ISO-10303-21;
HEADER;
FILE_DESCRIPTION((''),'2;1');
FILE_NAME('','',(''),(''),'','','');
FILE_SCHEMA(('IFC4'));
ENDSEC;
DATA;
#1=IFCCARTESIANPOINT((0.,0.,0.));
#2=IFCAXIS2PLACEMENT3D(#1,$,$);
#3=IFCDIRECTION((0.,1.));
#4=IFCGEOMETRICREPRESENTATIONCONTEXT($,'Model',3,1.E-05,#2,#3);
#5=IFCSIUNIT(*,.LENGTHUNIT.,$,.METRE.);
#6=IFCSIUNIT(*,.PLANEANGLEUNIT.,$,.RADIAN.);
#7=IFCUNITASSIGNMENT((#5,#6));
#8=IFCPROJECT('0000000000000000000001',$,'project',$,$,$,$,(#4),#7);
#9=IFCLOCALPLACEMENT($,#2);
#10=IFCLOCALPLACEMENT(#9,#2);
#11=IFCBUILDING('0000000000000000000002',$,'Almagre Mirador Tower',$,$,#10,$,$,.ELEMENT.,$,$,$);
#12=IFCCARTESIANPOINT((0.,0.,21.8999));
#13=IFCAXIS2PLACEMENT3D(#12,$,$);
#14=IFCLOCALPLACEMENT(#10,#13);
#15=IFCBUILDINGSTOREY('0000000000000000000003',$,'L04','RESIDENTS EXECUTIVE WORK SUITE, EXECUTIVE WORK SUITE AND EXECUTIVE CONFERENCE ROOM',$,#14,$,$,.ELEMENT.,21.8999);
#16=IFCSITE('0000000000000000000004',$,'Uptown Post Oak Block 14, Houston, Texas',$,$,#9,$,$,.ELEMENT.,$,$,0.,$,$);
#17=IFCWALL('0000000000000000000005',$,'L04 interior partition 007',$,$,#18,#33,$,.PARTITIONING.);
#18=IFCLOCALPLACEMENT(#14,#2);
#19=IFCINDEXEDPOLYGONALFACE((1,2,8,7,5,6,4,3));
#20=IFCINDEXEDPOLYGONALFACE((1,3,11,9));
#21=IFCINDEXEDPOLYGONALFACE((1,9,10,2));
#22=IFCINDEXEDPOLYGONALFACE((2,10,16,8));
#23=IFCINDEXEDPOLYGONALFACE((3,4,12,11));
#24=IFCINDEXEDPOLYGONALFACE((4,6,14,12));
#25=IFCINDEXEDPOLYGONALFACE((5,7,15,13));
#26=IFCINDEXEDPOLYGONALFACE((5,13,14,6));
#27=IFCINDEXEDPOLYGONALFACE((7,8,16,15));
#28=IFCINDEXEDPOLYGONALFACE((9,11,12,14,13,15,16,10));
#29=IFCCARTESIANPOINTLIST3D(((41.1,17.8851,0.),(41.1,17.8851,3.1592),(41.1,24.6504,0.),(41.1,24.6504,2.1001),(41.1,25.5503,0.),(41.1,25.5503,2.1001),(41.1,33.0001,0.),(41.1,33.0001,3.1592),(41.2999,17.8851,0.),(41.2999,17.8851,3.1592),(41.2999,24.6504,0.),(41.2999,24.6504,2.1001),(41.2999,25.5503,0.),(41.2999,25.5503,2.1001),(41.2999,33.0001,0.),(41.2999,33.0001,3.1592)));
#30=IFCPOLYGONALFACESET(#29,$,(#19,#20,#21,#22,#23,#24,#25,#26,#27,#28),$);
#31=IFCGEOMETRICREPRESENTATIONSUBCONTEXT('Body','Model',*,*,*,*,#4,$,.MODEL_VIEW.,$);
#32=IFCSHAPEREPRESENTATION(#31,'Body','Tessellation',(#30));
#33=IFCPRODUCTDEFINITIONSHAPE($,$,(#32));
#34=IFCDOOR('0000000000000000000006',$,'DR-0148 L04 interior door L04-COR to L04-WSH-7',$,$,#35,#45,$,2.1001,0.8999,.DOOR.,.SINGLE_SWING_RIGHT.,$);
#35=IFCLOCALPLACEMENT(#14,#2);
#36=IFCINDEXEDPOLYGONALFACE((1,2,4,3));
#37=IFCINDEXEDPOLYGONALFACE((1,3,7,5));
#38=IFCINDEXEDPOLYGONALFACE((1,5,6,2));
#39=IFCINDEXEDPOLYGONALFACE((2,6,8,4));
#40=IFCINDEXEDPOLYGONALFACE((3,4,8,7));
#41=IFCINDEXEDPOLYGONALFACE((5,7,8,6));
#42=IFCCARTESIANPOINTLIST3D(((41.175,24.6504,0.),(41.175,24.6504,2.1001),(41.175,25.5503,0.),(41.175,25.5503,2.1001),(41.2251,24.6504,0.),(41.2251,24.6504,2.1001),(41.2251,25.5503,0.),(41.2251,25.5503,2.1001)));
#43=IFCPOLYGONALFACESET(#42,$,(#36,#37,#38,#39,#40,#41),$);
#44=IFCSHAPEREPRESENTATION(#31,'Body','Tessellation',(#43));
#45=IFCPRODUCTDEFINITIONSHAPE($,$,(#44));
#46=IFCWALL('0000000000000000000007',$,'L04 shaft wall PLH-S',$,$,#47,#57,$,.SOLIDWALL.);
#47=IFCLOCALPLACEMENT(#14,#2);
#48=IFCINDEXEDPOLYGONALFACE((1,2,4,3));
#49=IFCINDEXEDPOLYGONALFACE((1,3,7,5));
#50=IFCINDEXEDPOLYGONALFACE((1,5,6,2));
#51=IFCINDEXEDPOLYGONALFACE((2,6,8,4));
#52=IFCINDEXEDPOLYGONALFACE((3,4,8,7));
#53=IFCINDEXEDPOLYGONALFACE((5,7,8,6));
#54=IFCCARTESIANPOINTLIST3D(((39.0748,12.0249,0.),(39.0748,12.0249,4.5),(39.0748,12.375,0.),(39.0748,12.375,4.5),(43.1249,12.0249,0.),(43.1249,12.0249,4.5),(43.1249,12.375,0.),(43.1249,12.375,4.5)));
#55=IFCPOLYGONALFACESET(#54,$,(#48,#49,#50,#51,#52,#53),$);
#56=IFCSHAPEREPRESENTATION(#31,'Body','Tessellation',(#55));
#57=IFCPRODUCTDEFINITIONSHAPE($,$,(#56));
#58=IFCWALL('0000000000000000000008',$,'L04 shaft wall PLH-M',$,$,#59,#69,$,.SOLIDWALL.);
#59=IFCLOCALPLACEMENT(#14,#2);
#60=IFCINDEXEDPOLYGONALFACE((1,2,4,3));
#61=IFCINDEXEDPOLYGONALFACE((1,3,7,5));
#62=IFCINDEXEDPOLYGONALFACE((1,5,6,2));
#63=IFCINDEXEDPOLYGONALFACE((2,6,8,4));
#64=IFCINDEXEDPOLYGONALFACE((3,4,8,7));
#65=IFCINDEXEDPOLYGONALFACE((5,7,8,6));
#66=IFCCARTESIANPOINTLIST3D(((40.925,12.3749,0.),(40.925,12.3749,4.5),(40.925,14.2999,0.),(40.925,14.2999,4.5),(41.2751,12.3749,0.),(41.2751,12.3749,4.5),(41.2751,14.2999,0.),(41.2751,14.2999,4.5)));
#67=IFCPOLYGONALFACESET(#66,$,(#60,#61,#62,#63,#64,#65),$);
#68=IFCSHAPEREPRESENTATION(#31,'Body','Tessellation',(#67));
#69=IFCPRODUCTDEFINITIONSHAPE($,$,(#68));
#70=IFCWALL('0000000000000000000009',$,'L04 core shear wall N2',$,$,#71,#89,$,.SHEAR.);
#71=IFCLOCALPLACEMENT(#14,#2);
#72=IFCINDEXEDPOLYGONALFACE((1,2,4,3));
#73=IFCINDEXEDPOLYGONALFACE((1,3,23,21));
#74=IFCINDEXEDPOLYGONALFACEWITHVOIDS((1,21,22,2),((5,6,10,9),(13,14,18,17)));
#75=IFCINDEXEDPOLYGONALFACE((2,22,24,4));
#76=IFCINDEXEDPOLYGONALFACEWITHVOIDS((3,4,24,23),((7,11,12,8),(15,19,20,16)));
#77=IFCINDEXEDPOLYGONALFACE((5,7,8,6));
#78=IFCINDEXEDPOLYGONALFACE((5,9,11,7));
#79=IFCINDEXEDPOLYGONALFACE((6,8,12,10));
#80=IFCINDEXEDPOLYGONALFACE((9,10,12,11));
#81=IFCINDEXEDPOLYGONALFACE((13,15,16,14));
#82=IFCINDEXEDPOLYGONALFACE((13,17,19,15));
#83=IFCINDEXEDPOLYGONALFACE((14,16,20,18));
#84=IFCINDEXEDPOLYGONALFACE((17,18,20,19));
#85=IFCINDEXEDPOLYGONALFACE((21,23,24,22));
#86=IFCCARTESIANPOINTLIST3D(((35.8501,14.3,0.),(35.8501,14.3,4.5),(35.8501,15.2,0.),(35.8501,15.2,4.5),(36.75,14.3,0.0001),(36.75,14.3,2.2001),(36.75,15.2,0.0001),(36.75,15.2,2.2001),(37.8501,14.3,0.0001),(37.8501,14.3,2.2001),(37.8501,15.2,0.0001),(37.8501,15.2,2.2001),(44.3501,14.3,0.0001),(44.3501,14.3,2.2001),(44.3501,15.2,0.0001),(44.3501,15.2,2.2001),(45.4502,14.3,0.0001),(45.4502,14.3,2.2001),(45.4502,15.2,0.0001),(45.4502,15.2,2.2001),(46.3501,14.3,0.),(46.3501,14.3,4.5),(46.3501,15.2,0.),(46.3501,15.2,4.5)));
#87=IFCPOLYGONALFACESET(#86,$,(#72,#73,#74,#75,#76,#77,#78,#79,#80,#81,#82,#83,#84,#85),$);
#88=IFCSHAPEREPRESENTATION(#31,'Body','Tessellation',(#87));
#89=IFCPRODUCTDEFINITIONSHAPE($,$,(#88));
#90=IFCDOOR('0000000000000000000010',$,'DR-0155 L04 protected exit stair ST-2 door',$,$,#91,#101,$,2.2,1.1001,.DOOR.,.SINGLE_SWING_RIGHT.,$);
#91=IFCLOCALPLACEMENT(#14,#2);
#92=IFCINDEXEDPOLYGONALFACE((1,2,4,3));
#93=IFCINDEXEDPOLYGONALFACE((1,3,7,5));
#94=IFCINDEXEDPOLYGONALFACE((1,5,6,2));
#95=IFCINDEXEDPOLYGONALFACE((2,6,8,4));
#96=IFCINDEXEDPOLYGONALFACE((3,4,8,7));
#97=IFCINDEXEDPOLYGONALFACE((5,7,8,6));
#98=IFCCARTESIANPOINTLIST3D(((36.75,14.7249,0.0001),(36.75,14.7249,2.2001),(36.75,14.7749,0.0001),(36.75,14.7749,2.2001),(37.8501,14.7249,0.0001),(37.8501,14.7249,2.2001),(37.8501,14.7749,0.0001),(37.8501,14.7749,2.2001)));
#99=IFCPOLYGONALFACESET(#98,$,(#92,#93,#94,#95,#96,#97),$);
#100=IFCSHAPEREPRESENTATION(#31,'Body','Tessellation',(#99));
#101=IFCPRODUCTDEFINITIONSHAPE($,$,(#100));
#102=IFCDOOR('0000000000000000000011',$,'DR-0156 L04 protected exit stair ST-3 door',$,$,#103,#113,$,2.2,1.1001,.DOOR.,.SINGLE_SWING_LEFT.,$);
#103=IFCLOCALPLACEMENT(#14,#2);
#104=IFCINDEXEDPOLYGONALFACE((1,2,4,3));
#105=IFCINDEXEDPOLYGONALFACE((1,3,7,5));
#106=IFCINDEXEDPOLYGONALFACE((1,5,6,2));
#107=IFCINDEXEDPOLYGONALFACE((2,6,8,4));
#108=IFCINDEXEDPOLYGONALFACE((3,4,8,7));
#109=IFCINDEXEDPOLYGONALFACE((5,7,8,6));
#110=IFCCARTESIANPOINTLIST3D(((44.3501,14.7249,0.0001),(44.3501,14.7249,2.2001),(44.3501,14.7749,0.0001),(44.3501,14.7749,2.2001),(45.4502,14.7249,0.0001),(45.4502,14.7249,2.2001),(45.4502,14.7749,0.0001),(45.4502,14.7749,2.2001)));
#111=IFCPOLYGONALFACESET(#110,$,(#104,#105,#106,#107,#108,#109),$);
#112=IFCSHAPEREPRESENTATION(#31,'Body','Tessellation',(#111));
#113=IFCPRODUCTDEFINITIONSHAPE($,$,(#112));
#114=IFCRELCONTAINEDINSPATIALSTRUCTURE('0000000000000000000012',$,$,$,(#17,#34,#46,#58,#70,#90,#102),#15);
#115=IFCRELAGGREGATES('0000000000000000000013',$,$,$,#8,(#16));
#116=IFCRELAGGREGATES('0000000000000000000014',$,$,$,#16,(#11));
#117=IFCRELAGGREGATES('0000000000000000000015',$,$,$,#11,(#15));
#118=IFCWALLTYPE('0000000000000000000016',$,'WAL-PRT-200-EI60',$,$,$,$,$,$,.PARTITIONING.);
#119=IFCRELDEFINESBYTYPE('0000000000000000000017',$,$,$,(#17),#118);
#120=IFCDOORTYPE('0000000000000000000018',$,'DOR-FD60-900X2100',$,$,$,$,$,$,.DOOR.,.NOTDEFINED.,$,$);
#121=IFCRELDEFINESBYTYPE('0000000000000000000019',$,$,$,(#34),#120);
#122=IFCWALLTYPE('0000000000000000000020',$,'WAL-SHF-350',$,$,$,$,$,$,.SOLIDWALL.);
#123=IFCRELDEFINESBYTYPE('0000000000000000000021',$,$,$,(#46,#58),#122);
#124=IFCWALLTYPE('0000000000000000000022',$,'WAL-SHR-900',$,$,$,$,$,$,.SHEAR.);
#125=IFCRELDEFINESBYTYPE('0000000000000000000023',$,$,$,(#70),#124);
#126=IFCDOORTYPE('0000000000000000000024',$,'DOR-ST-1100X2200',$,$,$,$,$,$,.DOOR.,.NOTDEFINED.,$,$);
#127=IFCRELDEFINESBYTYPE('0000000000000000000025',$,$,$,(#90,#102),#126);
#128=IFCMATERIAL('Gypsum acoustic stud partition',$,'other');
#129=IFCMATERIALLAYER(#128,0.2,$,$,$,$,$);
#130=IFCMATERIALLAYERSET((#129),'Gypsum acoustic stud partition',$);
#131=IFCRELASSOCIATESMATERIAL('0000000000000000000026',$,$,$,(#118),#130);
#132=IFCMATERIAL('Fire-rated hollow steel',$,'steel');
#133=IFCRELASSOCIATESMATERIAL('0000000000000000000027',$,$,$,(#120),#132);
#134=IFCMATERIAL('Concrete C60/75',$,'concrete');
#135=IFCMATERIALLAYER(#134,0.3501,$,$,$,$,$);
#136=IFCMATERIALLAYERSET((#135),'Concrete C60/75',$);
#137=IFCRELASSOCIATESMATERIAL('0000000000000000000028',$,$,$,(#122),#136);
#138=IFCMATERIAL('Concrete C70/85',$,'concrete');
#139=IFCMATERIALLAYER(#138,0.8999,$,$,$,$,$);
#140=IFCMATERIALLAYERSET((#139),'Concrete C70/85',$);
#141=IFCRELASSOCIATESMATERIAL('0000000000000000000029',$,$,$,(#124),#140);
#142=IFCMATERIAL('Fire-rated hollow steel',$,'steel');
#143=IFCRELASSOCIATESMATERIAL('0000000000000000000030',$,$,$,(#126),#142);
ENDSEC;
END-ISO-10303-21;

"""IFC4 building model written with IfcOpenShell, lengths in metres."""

from ifc_helpers import new_model, si_unit, direction, frame, frame_2d, origin, place, context, subcontext, project, spatial, rectangle, extrude, material, layer, layer_set, type_object, element, fill, save


model = new_model("IFC4")

# Units and contexts
model_context = context("Model", 3, precision=1e-05, world=origin(), true_north=direction((0.0, 1.0)))
body_context = subcontext(model_context, "Body", "Model", "MODEL_VIEW")
ifc_project = project(units=[si_unit("LENGTHUNIT", "METRE"), si_unit("PLANEANGLEUNIT", "RADIAN")], contexts=[model_context])

# Site, building, storey
site_placement = place(None, origin())
site = spatial("IfcSite", under=ifc_project, at=site_placement, Name="Uptown Post Oak Block 14, Houston, Texas", CompositionType="ELEMENT", RefElevation=0.0)
building_placement = place(site_placement, origin())
building = spatial("IfcBuilding", under=site, at=building_placement, Name="Almagre Mirador Tower", CompositionType="ELEMENT")
storey_placement = place(building_placement, frame((0.0, 0.0, 21.8999)))
storey = spatial("IfcBuildingStorey", under=building, at=storey_placement, Name="L04", Description="RESIDENTS EXECUTIVE WORK SUITE, EXECUTIVE WORK SUITE AND EXECUTIVE CONFERENCE ROOM", CompositionType="ELEMENT", Elevation=21.8999)

# Shared definitions
ifc_material_1 = material(Name="Gypsum acoustic stud partition", Category="other")
ifc_layer_1 = layer(ifc_material_1, 0.2)
ifc_layer_set_1 = layer_set([ifc_layer_1], Name="Gypsum acoustic stud partition")
wall_type_1 = type_object("IfcWallType", Name="WAL-PRT-200-EI60", PredefinedType="PARTITIONING", material=ifc_layer_set_1)

# Wall, opening, door
wall_1_placement = place(storey_placement, frame((41.2, 17.885, 0.0), z_axis=(0.0, 0.0, 1.0), x_axis=(0.0, 1.0, 0.0)))
wall_1 = element("IfcWall", 1, at=wall_1_placement, inside=storey, type_object=wall_type_1, Name="L04 interior partition 007", PredefinedType="PARTITIONING", context=body_context, shape_type="SweptSolid", body=[
    extrude(rectangle(XDim=15.115, YDim=0.2, at=frame_2d((7.5576, 0.0))), origin(), (0.0, 0.0, 1.0), 3.1592),
])
opening_1_placement = place(wall_1_placement, frame((6.7654, 0.0, 0.0)))
opening_1 = element("IfcOpeningElement", 2, at=opening_1_placement, cuts=wall_1, PredefinedType="OPENING", context=body_context, shape_type="SweptSolid", body=[
    extrude(rectangle(XDim=0.8999, YDim=2.1001, at=frame_2d((0.45, 1.05))), frame((0.0, 0.1101, 0.0), z_axis=(0.0, -1.0, 0.0), x_axis=(1.0, 0.0, 0.0)), (0.0, 0.0, 1.0), 0.22),
])
ifc_material_2 = material(Name="Fire-rated hollow steel", Category="steel")
door_type_1 = type_object("IfcDoorType", Name="DOR-FD60-900X2100", OperationType="NOTDEFINED", PredefinedType="DOOR", material=ifc_material_2)
door_1_placement = place(opening_1_placement, origin())
door_1 = element("IfcDoor", 3, at=door_1_placement, inside=storey, type_object=door_type_1, Name="DR-0148 L04 interior door L04-COR to L04-WSH-7", OperationType="SINGLE_SWING_RIGHT", OverallHeight=2.1001, OverallWidth=0.8999, PredefinedType="DOOR", context=body_context, shape_type="SweptSolid", body=[
    extrude(rectangle(XDim=0.8999, YDim=2.1001, at=frame_2d((0.45, 1.05))), frame((0.0, 0.0249, 0.0), z_axis=(0.0, -1.0, 0.0), x_axis=(1.0, 0.0, 0.0)), (0.0, 0.0, 1.0), 0.05),
])
fill(opening_1, door_1)

# Walls
ifc_material_3 = material(Name="Concrete C60/75", Category="concrete")
ifc_layer_2 = layer(ifc_material_3, 0.3501)
ifc_layer_set_2 = layer_set([ifc_layer_2], Name="Concrete C60/75")
wall_type_2 = type_object("IfcWallType", Name="WAL-SHF-350", PredefinedType="SOLIDWALL", material=ifc_layer_set_2)
wall_2_placement = place(storey_placement, frame((39.075, 12.2, 0.0), z_axis=(0.0, 0.0, 1.0), x_axis=(1.0, 0.0, 0.0)))
element("IfcWall", 4, at=wall_2_placement, inside=storey, type_object=wall_type_2, Name="L04 shaft wall PLH-S", PredefinedType="SOLIDWALL", context=body_context, shape_type="SweptSolid", body=[
    extrude(rectangle(XDim=4.05, YDim=0.3501, at=frame_2d((2.0249, 0.0))), origin(), (0.0, 0.0, 1.0), 4.5),
])
wall_3_placement = place(storey_placement, frame((41.1001, 12.375, 0.0), z_axis=(0.0, 0.0, 1.0), x_axis=(0.0, 1.0, 0.0)))
element("IfcWall", 5, at=wall_3_placement, inside=storey, type_object=wall_type_2, Name="L04 shaft wall PLH-M", PredefinedType="SOLIDWALL", context=body_context, shape_type="SweptSolid", body=[
    extrude(rectangle(XDim=1.925, YDim=0.3501, at=frame_2d((0.9624, 0.0))), origin(), (0.0, 0.0, 1.0), 4.5),
])

# Wall, openings, doors
ifc_material_4 = material(Name="Concrete C70/85", Category="concrete")
ifc_layer_3 = layer(ifc_material_4, 0.8999)
ifc_layer_set_3 = layer_set([ifc_layer_3], Name="Concrete C70/85")
wall_type_3 = type_object("IfcWallType", Name="WAL-SHR-900", PredefinedType="SHEAR", material=ifc_layer_set_3)
wall_4_placement = place(storey_placement, frame((35.8501, 14.75, 0.0), z_axis=(0.0, 0.0, 1.0), x_axis=(1.0, 0.0, 0.0)))
wall_4 = element("IfcWall", 6, at=wall_4_placement, inside=storey, type_object=wall_type_3, Name="L04 core shear wall N2", PredefinedType="SHEAR", context=body_context, shape_type="SweptSolid", body=[
    extrude(rectangle(XDim=10.5, YDim=0.8999, at=frame_2d((5.25, 0.0))), origin(), (0.0, 0.0, 1.0), 4.5),
])
opening_2_placement = place(wall_4_placement, frame((0.8999, 0.0, 0.0)))
opening_2 = element("IfcOpeningElement", 7, at=opening_2_placement, cuts=wall_4, PredefinedType="OPENING", context=body_context, shape_type="SweptSolid", body=[
    extrude(rectangle(XDim=1.1001, YDim=2.2, at=frame_2d((0.55, 1.1001))), frame((0.0, 0.46, 0.0), z_axis=(0.0, -1.0, 0.0), x_axis=(1.0, 0.0, 0.0)), (0.0, 0.0, 1.0), 0.9199),
])
opening_3_placement = place(wall_4_placement, frame((8.5, 0.0, 0.0)))
opening_3 = element("IfcOpeningElement", 8, at=opening_3_placement, cuts=wall_4, PredefinedType="OPENING", context=body_context, shape_type="SweptSolid", body=[
    extrude(rectangle(XDim=1.1001, YDim=2.2, at=frame_2d((0.55, 1.1001))), frame((0.0, 0.46, 0.0), z_axis=(0.0, -1.0, 0.0), x_axis=(1.0, 0.0, 0.0)), (0.0, 0.0, 1.0), 0.9199),
])
ifc_material_5 = material(Name="Fire-rated hollow steel", Category="steel")
door_type_2 = type_object("IfcDoorType", Name="DOR-ST-1100X2200", OperationType="NOTDEFINED", PredefinedType="DOOR", material=ifc_material_5)
door_2_placement = place(opening_2_placement, origin())
door_2 = element("IfcDoor", 9, at=door_2_placement, inside=storey, type_object=door_type_2, Name="DR-0155 L04 protected exit stair ST-2 door", OperationType="SINGLE_SWING_RIGHT", OverallHeight=2.2, OverallWidth=1.1001, PredefinedType="DOOR", context=body_context, shape_type="SweptSolid", body=[
    extrude(rectangle(XDim=1.1001, YDim=2.2, at=frame_2d((0.55, 1.1001))), frame((0.0, 0.0249, 0.0), z_axis=(0.0, -1.0, 0.0), x_axis=(1.0, 0.0, 0.0)), (0.0, 0.0, 1.0), 0.05),
])
fill(opening_2, door_2)
door_3_placement = place(opening_3_placement, origin())
door_3 = element("IfcDoor", 10, at=door_3_placement, inside=storey, type_object=door_type_2, Name="DR-0156 L04 protected exit stair ST-3 door", OperationType="SINGLE_SWING_LEFT", OverallHeight=2.2, OverallWidth=1.1001, PredefinedType="DOOR", context=body_context, shape_type="SweptSolid", body=[
    extrude(rectangle(XDim=1.1001, YDim=2.2, at=frame_2d((0.55, 1.1001))), frame((0.0, 0.0249, 0.0), z_axis=(0.0, -1.0, 0.0), x_axis=(1.0, 0.0, 0.0)), (0.0, 0.0, 1.0), 0.05),
])
fill(opening_3, door_3)

save(model, "model.ifc")
